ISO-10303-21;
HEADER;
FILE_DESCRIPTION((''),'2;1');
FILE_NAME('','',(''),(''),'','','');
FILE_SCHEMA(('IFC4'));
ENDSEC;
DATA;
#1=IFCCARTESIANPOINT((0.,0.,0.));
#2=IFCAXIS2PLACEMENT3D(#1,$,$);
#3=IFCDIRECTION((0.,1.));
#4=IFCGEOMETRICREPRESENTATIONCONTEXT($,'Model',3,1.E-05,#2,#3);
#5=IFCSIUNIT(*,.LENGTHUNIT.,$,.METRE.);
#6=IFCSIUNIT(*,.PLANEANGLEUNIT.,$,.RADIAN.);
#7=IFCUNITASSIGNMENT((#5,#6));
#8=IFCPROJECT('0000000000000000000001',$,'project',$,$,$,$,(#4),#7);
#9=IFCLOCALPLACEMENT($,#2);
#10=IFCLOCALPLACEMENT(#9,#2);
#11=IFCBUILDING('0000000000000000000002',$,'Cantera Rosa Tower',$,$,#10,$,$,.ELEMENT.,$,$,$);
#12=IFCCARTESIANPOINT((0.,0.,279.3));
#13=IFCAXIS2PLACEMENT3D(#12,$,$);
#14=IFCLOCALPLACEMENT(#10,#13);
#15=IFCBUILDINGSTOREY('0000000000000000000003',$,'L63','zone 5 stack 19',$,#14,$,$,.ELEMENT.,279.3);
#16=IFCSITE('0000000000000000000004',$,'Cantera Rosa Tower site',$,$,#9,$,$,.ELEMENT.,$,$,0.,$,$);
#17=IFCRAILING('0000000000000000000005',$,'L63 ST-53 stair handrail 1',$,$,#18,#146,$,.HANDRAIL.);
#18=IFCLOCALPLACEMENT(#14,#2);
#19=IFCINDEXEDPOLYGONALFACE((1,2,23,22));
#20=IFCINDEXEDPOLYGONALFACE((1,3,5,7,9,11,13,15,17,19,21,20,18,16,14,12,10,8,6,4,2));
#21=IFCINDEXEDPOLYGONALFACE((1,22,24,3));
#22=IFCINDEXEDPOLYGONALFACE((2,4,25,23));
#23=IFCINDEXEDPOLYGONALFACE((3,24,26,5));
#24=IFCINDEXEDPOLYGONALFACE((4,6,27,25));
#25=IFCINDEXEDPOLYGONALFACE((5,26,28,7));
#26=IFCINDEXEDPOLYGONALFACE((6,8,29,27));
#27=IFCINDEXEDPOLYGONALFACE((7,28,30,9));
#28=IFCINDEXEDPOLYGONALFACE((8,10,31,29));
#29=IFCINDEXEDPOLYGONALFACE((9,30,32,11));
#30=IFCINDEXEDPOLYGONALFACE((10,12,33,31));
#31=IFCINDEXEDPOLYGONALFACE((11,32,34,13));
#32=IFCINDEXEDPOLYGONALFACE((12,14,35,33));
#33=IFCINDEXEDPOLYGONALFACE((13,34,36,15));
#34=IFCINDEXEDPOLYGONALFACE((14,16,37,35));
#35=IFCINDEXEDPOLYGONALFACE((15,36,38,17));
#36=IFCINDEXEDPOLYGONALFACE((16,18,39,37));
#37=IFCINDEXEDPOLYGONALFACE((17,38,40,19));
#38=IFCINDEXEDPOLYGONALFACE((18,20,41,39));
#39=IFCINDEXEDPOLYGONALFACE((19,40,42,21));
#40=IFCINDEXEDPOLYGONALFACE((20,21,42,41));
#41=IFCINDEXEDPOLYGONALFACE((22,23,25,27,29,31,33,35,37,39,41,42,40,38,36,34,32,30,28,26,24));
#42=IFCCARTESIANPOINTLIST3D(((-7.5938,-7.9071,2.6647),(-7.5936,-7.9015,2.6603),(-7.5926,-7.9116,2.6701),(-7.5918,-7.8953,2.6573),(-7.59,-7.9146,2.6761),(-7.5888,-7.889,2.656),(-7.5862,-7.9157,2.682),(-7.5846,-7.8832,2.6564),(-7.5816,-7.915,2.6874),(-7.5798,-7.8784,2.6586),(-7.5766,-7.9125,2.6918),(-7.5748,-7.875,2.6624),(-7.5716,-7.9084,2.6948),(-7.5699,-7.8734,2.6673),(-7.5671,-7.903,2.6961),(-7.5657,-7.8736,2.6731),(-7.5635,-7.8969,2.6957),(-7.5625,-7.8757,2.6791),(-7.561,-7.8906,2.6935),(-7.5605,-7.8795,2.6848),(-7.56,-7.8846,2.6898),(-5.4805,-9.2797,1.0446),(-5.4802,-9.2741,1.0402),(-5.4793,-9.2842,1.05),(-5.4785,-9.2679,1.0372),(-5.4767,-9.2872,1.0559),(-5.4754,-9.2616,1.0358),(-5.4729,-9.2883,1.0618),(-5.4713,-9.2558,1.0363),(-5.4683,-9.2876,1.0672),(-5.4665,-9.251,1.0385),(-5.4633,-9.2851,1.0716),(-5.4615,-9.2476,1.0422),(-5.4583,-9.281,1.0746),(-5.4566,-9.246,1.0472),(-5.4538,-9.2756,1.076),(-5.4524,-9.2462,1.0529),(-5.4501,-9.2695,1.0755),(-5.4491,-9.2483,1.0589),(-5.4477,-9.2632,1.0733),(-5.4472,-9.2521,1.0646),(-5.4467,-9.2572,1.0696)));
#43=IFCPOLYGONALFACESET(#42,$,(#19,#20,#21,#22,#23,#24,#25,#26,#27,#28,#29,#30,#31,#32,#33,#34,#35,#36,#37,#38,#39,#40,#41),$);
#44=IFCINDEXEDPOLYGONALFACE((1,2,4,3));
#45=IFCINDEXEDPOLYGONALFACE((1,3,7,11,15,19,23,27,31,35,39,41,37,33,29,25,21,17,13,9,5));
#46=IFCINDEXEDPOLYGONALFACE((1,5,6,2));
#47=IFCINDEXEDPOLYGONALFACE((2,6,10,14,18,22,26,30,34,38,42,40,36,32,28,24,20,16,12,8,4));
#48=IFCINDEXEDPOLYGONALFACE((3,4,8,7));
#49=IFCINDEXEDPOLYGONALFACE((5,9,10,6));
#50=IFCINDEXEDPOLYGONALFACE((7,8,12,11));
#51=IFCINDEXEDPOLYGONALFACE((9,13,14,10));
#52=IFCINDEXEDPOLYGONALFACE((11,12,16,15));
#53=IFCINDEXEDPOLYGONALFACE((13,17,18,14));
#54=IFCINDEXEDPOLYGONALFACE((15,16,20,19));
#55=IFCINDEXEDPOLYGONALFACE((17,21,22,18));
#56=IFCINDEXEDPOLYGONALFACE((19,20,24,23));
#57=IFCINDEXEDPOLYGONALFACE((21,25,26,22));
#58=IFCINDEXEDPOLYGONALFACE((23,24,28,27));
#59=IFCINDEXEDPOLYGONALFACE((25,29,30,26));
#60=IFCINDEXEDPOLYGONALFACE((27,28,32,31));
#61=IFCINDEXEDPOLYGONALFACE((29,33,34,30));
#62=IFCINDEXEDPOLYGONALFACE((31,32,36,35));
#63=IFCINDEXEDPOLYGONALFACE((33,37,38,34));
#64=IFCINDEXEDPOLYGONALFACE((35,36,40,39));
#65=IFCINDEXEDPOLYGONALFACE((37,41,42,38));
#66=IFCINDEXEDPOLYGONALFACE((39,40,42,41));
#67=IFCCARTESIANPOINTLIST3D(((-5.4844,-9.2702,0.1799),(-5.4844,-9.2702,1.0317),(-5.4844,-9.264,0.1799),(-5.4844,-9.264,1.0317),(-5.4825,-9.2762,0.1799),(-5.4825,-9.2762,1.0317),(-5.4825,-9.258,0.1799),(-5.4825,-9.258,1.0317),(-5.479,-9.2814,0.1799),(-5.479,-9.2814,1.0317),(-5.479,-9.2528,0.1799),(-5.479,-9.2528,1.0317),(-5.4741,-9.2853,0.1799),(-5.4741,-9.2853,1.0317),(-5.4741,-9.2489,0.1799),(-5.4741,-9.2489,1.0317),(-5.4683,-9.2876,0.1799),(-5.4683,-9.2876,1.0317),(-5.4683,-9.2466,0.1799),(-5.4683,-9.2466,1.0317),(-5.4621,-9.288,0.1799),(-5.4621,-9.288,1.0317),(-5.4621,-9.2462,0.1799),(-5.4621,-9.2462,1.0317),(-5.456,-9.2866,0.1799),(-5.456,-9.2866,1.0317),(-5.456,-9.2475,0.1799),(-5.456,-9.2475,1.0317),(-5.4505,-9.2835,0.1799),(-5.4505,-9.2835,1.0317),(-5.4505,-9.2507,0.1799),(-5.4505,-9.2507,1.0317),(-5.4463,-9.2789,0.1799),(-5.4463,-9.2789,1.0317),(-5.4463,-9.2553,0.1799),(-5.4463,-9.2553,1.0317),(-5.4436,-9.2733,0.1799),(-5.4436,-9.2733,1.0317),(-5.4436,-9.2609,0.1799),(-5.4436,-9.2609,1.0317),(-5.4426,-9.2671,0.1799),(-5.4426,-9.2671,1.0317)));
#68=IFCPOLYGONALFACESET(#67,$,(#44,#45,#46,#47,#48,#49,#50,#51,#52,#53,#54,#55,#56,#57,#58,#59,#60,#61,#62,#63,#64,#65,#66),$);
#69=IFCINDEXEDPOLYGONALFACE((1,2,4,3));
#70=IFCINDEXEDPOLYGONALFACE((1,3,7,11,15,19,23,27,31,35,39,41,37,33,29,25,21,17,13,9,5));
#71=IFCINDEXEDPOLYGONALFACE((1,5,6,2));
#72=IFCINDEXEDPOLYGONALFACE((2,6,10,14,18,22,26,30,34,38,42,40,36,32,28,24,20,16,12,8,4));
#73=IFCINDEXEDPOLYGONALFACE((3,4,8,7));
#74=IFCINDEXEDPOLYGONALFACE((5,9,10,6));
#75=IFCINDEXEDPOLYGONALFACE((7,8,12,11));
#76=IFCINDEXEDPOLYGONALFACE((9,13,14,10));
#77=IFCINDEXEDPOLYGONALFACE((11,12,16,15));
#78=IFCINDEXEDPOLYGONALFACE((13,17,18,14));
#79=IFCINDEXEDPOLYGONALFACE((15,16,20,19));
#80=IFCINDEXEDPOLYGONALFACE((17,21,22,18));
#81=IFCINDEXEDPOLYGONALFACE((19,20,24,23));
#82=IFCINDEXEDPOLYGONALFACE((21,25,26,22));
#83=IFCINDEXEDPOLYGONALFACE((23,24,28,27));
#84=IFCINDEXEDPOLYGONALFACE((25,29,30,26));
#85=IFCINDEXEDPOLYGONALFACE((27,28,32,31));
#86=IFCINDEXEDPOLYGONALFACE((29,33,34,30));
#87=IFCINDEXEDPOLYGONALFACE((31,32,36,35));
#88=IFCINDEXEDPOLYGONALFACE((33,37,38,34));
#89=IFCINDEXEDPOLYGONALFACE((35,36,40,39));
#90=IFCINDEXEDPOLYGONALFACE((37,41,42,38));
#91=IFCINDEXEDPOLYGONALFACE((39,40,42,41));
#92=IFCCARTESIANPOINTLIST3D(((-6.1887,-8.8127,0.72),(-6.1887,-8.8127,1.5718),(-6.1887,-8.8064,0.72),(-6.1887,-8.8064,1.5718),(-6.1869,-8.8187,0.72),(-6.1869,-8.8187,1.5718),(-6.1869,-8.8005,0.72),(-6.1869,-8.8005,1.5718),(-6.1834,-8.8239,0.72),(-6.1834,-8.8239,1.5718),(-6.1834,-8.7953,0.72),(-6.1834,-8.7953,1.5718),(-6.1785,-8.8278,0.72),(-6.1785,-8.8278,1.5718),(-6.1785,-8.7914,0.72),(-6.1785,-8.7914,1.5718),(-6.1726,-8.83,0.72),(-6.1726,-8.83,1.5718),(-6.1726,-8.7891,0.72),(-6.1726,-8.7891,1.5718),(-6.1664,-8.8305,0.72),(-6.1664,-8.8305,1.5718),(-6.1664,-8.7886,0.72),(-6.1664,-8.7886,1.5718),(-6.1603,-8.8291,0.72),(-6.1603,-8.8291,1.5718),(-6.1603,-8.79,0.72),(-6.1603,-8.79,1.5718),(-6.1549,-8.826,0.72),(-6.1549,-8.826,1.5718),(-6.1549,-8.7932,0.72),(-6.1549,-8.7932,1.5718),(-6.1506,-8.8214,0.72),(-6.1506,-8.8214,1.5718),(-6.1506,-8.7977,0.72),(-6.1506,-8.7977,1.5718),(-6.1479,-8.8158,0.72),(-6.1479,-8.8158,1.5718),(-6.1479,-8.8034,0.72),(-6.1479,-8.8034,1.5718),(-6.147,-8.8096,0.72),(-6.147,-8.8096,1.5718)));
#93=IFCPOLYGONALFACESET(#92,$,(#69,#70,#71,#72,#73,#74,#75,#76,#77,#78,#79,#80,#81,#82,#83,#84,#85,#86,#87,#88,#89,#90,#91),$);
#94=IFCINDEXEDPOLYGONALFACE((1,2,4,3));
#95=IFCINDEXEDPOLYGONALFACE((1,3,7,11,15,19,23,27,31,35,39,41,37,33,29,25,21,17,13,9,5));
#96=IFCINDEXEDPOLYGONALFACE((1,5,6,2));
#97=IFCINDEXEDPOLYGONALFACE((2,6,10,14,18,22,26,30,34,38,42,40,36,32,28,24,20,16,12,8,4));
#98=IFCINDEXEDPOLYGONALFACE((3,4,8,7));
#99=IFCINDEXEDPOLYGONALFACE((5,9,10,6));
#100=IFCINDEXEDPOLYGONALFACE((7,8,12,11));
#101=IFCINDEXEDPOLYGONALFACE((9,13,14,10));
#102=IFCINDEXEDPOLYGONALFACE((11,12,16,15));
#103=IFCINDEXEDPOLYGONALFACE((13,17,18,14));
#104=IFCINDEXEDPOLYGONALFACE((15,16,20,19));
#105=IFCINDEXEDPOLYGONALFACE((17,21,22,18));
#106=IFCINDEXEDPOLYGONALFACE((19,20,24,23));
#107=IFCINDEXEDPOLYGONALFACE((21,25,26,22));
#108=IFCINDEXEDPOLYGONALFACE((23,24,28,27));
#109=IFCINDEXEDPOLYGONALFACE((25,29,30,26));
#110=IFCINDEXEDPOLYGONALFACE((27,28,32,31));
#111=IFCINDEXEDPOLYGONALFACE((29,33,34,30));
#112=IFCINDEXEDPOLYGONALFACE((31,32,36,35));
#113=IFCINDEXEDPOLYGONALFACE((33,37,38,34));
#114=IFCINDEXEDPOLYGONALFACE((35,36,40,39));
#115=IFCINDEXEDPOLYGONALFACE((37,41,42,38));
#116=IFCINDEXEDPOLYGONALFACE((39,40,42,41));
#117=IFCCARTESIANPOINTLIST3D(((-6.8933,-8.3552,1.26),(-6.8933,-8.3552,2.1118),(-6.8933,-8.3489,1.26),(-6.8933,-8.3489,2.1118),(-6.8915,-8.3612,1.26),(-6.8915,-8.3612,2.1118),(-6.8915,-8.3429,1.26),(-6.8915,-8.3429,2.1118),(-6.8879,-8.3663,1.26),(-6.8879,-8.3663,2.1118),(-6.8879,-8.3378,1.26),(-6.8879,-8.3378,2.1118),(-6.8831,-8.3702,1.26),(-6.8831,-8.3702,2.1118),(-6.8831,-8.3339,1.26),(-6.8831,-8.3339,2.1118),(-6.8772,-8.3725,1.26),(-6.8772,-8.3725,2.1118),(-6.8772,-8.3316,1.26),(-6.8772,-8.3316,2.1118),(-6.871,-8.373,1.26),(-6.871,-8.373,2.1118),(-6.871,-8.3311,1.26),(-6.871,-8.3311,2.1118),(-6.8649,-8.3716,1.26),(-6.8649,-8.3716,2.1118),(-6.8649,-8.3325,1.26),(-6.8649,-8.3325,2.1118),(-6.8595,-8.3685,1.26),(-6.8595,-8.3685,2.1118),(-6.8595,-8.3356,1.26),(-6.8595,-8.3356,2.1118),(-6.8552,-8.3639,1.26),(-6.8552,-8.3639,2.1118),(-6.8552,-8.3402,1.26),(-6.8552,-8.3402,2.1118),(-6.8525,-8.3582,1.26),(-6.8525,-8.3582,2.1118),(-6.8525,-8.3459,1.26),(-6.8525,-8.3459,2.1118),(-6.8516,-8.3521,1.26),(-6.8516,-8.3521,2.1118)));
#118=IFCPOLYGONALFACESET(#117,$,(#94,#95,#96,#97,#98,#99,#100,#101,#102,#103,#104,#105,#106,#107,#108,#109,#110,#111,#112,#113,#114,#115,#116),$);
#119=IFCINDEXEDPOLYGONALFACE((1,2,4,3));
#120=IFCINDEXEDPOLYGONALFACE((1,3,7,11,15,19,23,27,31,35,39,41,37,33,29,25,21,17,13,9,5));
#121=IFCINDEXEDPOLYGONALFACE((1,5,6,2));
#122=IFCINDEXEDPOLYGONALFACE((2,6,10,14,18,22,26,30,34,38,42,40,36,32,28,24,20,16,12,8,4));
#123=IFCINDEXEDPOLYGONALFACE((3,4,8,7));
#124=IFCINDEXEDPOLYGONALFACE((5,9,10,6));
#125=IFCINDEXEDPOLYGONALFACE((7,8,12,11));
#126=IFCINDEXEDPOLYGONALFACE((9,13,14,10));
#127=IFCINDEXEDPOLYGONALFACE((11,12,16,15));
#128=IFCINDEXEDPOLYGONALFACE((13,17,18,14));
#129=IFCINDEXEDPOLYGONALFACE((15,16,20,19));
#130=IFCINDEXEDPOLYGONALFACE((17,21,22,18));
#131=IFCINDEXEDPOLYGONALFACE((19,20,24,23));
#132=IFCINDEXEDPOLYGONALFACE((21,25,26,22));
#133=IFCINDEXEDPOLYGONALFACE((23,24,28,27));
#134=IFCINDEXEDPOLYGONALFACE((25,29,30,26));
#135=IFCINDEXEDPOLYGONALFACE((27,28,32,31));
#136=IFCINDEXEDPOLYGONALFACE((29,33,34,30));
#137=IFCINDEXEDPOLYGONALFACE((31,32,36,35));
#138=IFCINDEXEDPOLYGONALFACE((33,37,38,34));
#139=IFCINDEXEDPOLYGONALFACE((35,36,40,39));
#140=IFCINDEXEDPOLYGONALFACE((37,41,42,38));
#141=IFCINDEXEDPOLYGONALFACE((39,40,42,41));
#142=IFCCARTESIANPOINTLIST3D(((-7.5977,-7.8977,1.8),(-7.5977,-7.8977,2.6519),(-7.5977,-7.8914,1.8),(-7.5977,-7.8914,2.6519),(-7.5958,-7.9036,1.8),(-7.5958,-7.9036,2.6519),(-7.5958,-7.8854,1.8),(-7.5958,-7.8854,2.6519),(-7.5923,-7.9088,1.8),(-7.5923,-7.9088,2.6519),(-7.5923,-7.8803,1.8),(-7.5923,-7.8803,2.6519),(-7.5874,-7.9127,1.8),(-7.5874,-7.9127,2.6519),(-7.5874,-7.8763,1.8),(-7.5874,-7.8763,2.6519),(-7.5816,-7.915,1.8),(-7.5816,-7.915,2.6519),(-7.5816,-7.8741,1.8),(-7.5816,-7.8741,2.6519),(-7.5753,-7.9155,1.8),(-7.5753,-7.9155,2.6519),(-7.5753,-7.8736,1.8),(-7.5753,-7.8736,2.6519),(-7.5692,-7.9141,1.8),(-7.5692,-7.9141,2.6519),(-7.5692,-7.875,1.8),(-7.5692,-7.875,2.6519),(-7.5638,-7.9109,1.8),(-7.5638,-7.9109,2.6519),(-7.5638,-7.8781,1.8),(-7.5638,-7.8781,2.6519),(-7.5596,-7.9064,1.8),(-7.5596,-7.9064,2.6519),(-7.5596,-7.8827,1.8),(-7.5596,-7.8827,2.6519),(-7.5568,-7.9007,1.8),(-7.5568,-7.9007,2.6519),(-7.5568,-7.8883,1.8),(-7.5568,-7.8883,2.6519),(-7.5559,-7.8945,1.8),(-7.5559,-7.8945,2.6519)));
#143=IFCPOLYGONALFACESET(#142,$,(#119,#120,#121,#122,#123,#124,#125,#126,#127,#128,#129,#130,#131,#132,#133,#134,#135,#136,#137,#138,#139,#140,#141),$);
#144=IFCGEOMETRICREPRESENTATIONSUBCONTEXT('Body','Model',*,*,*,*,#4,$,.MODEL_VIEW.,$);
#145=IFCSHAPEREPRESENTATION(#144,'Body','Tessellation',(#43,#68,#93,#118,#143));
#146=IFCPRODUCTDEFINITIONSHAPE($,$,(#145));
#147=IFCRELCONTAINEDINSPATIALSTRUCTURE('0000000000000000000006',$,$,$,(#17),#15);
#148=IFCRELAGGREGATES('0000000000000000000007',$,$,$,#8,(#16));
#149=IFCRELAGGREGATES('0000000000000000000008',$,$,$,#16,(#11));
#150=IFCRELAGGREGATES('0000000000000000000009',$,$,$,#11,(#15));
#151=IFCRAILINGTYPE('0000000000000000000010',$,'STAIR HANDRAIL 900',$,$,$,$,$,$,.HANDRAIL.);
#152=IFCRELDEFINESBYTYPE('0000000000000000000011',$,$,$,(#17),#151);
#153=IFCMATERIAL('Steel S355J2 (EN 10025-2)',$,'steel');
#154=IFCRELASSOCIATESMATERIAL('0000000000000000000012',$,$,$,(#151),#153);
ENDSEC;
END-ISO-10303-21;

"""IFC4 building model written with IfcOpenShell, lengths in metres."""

from ifc_helpers import new_model, si_unit, direction, frame, origin, origin_2d, place, context, subcontext, project, spatial, circle, extrude, material, type_object, element, save


model = new_model("IFC4")

# Units and contexts
model_context = context("Model", 3, precision=1e-05, world=origin(), true_north=direction((0.0, 1.0)))
body_context = subcontext(model_context, "Body", "Model", "MODEL_VIEW")
ifc_project = project(units=[si_unit("LENGTHUNIT", "METRE"), si_unit("PLANEANGLEUNIT", "RADIAN")], contexts=[model_context])

# Site, building, storey
site_placement = place(None, origin())
site = spatial("IfcSite", under=ifc_project, at=site_placement, Name="Cantera Rosa Tower site", CompositionType="ELEMENT", RefElevation=0.0)
building_placement = place(site_placement, origin())
building = spatial("IfcBuilding", under=site, at=building_placement, Name="Cantera Rosa Tower", CompositionType="ELEMENT")
storey_placement = place(building_placement, frame((0.0, 0.0, 279.3)))
storey = spatial("IfcBuildingStorey", under=building, at=storey_placement, Name="L63", Description="zone 5 stack 19", CompositionType="ELEMENT", Elevation=279.3)

# Railing
ifc_material_1 = material(Name="Steel S355J2 (EN 10025-2)", Category="steel")
railing_type_1 = type_object("IfcRailingType", Name="STAIR HANDRAIL 900", PredefinedType="HANDRAIL", material=ifc_material_1)
railing_1_placement = place(storey_placement, frame((-5.4636, -9.2671, 0.1799)))
element("IfcRailing", 1, at=railing_1_placement, inside=storey, type_object=railing_type_1, Name="L63 ST-53 stair handrail 1", PredefinedType="HANDRAIL", context=body_context, shape_type="SweptSolid", body=[
    extrude(circle(Radius=0.0239, at=origin_2d()), frame((0.0, 0.0, 0.876), z_axis=(-0.705421, 0.458165, 0.540801), x_axis=(-0.544689, -0.838638, 0.0)), (0.0, 0.0, 1.0), 2.9958),
    extrude(circle(Radius=0.021, at=origin_2d()), origin(), (0.0, 0.0, 1.0), 0.8518),
    extrude(circle(Radius=0.021, at=origin_2d()), frame((-0.7043, 0.4575, 0.54)), (0.0, 0.0, 1.0), 0.8518),
    extrude(circle(Radius=0.021, at=origin_2d()), frame((-1.4089, 0.915, 1.0801)), (0.0, 0.0, 1.0), 0.8518),
    extrude(circle(Radius=0.021, at=origin_2d()), frame((-2.1133, 1.3726, 1.6201)), (0.0, 0.0, 1.0), 0.8518),
])

save(model, "model.ifc")
